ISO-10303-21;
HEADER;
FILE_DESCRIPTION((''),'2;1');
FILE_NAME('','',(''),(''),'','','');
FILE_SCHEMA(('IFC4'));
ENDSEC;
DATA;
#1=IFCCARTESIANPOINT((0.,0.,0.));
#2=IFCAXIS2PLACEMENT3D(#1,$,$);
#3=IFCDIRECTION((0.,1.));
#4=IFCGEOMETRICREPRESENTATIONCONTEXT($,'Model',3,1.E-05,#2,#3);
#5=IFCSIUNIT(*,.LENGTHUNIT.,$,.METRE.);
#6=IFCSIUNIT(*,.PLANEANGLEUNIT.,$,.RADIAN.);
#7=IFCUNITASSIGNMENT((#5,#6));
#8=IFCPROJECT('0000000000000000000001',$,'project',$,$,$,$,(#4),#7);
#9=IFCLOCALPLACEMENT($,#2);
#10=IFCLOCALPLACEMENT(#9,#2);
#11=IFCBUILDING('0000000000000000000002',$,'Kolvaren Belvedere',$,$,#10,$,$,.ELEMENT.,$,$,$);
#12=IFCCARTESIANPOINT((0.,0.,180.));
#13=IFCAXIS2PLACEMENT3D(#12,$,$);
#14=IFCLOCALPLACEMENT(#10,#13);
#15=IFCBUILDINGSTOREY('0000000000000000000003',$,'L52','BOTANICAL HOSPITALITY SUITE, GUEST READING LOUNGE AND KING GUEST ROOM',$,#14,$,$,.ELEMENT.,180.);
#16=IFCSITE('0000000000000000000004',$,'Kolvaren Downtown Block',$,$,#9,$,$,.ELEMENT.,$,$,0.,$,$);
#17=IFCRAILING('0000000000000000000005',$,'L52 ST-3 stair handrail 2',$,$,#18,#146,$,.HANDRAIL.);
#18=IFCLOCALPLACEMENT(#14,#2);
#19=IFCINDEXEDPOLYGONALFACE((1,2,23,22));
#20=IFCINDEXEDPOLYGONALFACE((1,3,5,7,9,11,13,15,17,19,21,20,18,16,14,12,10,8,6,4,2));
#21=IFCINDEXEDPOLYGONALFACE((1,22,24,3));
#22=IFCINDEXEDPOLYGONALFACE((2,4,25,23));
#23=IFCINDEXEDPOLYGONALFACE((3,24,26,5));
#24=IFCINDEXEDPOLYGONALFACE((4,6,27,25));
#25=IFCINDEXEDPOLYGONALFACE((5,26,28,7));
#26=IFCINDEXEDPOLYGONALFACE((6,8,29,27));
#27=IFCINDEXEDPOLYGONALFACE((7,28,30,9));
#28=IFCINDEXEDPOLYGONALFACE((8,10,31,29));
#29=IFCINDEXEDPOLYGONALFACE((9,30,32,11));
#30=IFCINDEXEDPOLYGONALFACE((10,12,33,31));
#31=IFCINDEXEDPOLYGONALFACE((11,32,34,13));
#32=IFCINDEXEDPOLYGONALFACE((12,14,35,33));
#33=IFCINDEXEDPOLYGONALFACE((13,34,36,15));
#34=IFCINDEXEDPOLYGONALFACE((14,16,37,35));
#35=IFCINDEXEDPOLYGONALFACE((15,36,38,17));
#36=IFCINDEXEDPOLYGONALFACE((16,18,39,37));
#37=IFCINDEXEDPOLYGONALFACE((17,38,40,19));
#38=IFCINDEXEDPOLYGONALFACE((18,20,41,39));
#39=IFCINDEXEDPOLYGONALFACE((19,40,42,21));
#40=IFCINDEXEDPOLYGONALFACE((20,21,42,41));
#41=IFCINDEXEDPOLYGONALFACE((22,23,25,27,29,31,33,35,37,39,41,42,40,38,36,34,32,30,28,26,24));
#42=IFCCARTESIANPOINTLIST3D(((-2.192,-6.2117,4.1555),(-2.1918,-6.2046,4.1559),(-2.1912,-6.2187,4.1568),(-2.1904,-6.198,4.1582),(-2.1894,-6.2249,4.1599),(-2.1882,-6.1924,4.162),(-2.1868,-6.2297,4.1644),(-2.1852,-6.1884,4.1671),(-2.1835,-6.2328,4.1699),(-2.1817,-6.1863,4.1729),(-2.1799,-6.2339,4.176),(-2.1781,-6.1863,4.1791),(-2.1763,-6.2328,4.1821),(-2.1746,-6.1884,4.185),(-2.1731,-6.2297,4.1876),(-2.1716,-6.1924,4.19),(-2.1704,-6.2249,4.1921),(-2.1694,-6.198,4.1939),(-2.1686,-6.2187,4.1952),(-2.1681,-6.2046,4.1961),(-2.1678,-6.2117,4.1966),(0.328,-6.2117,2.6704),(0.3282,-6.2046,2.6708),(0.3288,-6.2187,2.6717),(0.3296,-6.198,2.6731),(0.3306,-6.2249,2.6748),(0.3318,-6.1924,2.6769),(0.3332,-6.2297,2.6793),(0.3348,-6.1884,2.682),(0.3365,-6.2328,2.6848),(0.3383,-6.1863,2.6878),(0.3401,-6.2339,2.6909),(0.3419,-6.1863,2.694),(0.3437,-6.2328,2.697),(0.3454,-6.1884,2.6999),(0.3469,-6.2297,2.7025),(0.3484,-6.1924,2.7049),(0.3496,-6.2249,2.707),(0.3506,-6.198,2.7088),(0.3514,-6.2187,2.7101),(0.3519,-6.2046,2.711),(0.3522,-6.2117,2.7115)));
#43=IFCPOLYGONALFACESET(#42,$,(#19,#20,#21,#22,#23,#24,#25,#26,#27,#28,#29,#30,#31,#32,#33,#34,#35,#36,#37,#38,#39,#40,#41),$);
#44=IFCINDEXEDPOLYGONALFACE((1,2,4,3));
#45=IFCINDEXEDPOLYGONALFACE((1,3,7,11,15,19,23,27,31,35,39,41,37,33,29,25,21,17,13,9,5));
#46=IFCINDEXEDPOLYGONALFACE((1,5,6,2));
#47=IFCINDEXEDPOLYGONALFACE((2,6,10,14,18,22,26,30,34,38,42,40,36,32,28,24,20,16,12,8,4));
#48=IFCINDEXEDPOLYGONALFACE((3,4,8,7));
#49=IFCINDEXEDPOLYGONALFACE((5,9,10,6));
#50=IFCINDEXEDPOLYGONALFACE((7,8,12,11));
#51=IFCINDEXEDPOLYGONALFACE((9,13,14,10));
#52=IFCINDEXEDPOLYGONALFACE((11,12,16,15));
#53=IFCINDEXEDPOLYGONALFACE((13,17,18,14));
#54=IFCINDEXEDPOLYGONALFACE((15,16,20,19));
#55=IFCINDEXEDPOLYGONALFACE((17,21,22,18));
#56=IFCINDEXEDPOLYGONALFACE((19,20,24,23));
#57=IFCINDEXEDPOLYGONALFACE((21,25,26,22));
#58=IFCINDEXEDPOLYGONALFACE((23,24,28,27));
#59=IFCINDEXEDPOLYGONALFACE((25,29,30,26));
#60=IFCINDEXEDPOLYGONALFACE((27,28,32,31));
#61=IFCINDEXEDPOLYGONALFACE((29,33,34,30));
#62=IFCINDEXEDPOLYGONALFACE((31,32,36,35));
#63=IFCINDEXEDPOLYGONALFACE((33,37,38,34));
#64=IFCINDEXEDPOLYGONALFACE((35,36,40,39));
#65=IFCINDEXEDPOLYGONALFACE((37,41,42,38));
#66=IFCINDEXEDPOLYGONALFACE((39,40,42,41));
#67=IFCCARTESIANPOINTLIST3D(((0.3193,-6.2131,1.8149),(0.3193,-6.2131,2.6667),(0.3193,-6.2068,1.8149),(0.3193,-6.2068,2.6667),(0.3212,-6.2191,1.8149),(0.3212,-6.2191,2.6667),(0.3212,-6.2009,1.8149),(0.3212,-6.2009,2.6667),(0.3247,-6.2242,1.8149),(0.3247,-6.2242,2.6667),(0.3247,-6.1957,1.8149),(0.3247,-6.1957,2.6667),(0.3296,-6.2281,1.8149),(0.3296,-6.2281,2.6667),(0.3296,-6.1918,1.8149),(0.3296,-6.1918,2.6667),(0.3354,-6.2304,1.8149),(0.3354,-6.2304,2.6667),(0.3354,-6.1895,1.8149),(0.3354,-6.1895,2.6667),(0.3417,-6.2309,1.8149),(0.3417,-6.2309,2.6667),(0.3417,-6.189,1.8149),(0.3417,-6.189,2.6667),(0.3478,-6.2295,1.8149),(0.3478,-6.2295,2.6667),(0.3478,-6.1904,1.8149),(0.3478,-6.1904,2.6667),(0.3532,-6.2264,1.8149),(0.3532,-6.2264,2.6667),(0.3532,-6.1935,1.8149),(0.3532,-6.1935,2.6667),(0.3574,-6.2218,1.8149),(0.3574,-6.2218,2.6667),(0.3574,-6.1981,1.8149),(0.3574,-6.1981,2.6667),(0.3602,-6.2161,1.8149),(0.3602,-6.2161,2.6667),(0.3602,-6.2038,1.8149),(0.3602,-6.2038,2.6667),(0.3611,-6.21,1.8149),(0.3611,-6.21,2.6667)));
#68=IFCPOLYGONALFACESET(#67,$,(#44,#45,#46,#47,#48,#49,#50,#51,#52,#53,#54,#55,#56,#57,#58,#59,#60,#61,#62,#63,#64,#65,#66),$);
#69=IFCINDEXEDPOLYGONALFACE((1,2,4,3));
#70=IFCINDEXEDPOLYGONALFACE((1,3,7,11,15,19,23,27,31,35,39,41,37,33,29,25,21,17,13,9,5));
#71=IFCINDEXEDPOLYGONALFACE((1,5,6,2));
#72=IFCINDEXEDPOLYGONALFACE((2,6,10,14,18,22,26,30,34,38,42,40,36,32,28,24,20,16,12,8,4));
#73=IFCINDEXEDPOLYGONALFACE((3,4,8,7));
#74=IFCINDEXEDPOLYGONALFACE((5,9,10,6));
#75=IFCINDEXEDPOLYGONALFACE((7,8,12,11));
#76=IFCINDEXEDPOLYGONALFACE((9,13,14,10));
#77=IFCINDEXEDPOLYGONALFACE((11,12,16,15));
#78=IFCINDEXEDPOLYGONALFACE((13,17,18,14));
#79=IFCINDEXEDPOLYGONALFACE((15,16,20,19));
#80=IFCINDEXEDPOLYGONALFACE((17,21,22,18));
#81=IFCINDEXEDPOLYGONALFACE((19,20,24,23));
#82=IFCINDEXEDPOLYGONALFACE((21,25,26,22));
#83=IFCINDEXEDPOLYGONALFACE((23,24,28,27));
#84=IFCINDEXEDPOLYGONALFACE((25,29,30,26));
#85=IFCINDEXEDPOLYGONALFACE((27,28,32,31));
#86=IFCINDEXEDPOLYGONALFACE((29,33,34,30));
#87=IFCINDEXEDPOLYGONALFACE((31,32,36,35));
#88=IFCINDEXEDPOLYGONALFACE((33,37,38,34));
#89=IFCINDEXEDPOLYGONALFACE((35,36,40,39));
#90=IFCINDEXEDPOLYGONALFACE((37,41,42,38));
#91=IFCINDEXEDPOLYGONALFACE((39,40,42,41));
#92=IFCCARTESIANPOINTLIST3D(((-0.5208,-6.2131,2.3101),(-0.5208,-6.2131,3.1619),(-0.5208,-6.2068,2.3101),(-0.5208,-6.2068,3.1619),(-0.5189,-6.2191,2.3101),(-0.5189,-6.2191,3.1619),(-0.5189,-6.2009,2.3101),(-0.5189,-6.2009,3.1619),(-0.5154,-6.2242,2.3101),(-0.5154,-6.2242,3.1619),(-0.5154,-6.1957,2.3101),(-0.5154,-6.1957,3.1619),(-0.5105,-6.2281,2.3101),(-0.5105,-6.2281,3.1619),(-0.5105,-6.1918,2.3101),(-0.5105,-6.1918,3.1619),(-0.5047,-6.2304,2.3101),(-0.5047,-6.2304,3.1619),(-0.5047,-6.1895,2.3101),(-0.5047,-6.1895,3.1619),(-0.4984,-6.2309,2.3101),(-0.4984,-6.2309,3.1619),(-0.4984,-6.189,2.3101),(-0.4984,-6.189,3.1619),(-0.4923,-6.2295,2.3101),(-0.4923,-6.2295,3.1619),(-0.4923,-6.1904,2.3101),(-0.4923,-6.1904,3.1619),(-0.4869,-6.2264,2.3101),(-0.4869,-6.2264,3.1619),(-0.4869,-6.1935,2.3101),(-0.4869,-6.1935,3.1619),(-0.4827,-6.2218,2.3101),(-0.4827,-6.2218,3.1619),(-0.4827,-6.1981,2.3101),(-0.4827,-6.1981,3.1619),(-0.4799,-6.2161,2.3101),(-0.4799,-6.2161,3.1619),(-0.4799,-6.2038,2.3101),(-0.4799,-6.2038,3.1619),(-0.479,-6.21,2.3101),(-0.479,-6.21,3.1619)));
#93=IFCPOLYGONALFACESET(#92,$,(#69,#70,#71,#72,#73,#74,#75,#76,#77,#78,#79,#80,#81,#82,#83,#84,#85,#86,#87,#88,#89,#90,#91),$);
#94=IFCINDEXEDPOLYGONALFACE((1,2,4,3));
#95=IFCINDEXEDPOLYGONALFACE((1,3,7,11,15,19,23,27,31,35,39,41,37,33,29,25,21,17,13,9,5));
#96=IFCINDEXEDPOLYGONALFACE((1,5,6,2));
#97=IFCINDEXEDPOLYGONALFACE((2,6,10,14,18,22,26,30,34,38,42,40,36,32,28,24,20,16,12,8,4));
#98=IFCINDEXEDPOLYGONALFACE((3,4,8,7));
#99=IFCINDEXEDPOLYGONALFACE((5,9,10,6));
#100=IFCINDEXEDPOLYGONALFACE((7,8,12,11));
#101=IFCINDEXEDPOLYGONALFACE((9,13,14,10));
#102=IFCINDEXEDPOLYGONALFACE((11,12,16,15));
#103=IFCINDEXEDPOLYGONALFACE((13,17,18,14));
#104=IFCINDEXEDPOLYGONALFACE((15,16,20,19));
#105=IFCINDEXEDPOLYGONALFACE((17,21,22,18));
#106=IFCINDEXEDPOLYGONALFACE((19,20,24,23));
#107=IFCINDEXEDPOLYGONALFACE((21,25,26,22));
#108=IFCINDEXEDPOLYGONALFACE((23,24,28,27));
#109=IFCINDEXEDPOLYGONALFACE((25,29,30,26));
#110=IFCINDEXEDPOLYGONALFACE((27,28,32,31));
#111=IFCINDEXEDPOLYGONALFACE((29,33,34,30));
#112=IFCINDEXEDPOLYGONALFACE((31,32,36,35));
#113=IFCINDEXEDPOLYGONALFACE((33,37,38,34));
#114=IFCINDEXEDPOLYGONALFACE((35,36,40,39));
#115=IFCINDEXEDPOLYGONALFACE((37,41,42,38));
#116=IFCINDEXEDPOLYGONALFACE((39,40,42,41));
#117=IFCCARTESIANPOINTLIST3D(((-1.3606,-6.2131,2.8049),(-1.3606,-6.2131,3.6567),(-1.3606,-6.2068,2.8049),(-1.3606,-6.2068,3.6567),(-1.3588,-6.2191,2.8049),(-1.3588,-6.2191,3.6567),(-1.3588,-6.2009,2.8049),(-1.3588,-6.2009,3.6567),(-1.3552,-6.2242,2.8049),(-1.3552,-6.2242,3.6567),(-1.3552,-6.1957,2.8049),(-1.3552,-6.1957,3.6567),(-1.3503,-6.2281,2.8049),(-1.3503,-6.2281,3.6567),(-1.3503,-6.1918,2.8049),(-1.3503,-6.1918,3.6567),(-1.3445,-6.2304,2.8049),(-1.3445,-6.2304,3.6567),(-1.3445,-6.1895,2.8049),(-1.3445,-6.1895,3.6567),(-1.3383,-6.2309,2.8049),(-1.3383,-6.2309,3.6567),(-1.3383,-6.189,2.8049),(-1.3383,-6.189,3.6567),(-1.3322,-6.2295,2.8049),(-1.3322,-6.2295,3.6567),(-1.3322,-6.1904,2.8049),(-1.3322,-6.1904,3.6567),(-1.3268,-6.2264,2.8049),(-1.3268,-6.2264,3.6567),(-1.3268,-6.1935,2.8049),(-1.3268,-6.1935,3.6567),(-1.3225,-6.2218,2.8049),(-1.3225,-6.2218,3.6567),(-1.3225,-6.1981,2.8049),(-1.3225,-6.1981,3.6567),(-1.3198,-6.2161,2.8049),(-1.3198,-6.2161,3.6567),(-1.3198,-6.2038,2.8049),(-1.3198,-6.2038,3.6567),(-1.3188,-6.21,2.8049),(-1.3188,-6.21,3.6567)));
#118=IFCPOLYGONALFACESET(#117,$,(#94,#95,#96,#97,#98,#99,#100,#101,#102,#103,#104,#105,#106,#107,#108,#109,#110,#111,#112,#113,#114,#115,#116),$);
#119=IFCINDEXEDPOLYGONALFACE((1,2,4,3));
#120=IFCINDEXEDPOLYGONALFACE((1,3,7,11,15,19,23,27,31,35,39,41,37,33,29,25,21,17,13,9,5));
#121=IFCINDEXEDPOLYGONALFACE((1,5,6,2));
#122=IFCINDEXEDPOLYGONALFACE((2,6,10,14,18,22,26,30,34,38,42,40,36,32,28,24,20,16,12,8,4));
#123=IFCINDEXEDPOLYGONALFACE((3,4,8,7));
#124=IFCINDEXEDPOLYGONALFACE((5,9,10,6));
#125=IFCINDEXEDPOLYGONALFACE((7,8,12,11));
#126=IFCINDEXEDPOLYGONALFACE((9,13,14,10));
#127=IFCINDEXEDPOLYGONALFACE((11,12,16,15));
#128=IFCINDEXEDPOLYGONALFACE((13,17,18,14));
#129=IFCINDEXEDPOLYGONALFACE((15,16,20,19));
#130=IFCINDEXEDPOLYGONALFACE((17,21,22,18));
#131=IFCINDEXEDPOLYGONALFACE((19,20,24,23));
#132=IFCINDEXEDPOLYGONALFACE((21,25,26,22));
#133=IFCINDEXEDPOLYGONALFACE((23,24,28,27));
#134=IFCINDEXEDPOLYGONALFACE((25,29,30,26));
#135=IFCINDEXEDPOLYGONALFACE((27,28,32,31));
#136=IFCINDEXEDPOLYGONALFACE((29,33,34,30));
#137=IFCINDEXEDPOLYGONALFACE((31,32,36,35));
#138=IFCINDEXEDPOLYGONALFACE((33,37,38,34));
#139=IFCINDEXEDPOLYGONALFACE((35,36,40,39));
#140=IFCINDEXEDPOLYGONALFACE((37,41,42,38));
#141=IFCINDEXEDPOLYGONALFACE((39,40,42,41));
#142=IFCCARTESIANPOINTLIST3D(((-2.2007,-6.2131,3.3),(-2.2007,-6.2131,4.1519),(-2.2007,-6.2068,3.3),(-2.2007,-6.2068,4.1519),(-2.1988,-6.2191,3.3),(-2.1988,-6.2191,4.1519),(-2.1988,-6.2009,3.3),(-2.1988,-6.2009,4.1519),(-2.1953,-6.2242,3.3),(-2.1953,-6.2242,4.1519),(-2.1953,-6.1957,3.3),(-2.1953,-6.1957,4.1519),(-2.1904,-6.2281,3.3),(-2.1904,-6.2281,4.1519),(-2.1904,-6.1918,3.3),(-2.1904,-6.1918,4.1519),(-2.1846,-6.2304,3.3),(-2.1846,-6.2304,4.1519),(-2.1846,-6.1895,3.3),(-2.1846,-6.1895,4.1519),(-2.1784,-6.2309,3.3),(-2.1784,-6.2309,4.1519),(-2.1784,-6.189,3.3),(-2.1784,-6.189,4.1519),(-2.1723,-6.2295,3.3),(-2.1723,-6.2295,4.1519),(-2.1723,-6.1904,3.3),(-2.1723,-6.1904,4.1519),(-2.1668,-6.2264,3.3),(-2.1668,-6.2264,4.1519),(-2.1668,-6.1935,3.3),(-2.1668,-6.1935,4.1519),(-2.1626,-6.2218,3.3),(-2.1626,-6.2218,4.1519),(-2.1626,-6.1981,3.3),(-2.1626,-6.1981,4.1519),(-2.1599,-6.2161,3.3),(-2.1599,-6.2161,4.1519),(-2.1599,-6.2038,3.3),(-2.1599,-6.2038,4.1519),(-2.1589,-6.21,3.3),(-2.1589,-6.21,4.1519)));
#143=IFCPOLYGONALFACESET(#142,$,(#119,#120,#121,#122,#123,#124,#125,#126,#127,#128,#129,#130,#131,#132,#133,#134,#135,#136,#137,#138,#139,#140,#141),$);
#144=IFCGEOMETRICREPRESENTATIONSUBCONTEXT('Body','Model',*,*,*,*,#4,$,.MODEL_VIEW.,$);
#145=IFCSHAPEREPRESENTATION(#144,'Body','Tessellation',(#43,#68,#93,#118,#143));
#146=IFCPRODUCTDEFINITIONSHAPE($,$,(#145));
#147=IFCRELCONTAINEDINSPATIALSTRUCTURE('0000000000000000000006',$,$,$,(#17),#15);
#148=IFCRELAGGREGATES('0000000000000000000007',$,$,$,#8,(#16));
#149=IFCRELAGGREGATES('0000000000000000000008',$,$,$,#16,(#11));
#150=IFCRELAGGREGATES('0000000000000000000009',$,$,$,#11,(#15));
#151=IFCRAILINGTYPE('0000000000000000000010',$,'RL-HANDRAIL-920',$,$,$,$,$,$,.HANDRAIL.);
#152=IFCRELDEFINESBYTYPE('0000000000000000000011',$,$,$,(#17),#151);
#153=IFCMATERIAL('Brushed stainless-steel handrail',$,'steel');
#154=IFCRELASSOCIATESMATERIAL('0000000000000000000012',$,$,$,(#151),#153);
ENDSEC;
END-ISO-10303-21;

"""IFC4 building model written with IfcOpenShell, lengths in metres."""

from ifc_helpers import new_model, si_unit, direction, frame, origin, origin_2d, place, context, subcontext, project, spatial, circle, extrude, material, type_object, element, save


model = new_model("IFC4")

# Units and contexts
model_context = context("Model", 3, precision=1e-05, world=origin(), true_north=direction((0.0, 1.0)))
body_context = subcontext(model_context, "Body", "Model", "MODEL_VIEW")
ifc_project = project(units=[si_unit("LENGTHUNIT", "METRE"), si_unit("PLANEANGLEUNIT", "RADIAN")], contexts=[model_context])

# Site, building, storey
site_placement = place(None, origin())
site = spatial("IfcSite", under=ifc_project, at=site_placement, Name="Kolvaren Downtown Block", CompositionType="ELEMENT", RefElevation=0.0)
building_placement = place(site_placement, origin())
building = spatial("IfcBuilding", under=site, at=building_placement, Name="Kolvaren Belvedere", CompositionType="ELEMENT")
storey_placement = place(building_placement, frame((0.0, 0.0, 180.0)))
storey = spatial("IfcBuildingStorey", under=building, at=storey_placement, Name="L52", Description="BOTANICAL HOSPITALITY SUITE, GUEST READING LOUNGE AND KING GUEST ROOM", CompositionType="ELEMENT", Elevation=180.0)

# Railing
ifc_material_1 = material(Name="Brushed stainless-steel handrail", Category="steel")
railing_type_1 = type_object("IfcRailingType", Name="RL-HANDRAIL-920", PredefinedType="HANDRAIL", material=ifc_material_1)
railing_1_placement = place(storey_placement, frame((0.3401, -6.21, 1.8149)))
element("IfcRailing", 1, at=railing_1_placement, inside=storey, type_object=railing_type_1, Name="L52 ST-3 stair handrail 2", PredefinedType="HANDRAIL", context=body_context, shape_type="SweptSolid", body=[
    extrude(circle(Radius=0.0239, at=origin_2d()), frame((0.0, 0.0, 0.876), z_axis=(-0.861524, 0.0, 0.507717), x_axis=(0.0, -1.0, 0.0)), (0.0, 0.0, 1.0), 2.925),
    extrude(circle(Radius=0.021, at=origin_2d()), origin(), (0.0, 0.0, 1.0), 0.8518),
    extrude(circle(Radius=0.021, at=origin_2d()), frame((-0.8401, 0.0, 0.4951)), (0.0, 0.0, 1.0), 0.8518),
    extrude(circle(Radius=0.021, at=origin_2d()), frame((-1.6799, 0.0, 0.99)), (0.0, 0.0, 1.0), 0.8518),
    extrude(circle(Radius=0.021, at=origin_2d()), frame((-2.52, 0.0, 1.4851)), (0.0, 0.0, 1.0), 0.8518),
])

save(model, "model.ifc")
